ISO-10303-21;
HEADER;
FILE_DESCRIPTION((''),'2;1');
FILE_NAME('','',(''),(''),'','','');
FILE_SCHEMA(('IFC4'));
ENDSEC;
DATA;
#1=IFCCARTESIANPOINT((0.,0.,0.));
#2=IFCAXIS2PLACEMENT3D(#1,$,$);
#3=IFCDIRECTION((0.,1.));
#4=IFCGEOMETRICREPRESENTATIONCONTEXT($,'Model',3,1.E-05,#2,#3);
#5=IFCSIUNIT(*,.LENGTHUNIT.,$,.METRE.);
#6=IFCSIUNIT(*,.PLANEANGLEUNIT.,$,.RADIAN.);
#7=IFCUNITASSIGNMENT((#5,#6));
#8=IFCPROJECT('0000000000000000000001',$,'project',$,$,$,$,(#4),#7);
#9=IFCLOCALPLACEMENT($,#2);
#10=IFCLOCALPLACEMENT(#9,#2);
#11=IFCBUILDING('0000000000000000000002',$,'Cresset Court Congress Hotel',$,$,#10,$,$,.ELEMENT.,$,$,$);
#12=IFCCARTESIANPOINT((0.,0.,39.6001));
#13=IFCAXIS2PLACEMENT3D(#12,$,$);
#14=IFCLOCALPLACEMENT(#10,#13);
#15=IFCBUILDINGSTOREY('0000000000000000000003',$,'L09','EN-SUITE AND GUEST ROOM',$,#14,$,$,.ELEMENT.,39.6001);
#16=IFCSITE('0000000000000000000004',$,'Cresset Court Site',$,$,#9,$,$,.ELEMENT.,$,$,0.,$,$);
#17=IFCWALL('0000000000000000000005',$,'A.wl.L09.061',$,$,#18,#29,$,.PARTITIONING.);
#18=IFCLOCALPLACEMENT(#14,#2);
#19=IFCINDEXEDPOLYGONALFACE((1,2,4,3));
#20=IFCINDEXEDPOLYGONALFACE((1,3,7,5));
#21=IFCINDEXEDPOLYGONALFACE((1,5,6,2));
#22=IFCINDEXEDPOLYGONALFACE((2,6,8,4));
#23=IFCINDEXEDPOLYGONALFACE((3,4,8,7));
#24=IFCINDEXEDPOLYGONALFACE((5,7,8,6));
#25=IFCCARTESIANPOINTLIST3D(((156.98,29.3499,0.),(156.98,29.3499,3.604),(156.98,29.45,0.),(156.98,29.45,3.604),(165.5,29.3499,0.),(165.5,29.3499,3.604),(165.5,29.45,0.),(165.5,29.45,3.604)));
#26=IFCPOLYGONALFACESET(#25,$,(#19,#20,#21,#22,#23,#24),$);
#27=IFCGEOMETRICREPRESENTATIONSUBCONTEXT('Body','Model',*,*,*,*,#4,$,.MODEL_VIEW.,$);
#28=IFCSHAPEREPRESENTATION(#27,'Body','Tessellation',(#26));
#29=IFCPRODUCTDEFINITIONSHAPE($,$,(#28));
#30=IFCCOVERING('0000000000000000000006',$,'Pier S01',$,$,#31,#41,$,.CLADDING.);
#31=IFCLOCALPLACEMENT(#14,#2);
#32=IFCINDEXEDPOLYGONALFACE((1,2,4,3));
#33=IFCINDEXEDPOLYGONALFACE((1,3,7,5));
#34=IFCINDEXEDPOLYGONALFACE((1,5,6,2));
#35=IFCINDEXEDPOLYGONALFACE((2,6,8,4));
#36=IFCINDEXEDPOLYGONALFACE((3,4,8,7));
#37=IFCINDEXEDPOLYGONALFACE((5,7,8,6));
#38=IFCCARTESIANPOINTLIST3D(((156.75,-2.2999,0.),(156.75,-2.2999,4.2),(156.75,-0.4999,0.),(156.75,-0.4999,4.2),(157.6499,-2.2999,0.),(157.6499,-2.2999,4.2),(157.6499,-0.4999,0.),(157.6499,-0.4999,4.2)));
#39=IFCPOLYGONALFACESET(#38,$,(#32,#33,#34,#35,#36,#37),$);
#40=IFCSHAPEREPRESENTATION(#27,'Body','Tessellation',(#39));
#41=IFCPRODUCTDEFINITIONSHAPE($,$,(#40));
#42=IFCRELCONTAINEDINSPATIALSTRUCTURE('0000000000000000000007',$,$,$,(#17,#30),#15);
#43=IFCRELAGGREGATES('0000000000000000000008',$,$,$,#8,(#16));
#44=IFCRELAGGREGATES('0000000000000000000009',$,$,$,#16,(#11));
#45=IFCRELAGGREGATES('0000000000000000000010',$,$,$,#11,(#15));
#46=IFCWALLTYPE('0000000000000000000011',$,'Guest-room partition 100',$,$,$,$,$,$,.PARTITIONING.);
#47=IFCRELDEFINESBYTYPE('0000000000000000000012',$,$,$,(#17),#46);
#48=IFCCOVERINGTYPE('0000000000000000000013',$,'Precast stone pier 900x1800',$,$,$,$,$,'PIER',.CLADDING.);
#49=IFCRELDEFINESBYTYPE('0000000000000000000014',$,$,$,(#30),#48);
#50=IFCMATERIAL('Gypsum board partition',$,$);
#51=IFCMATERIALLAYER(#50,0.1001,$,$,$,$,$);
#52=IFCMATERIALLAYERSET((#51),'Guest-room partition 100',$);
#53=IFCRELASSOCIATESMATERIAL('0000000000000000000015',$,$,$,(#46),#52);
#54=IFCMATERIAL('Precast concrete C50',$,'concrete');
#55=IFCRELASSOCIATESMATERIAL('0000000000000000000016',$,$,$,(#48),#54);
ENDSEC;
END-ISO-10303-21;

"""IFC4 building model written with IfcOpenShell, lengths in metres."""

from ifc_helpers import new_model, si_unit, direction, frame, frame_2d, origin, origin_2d, place, context, subcontext, project, spatial, rectangle, extrude, material, layer, layer_set, type_object, element, save


model = new_model("IFC4")

# Units and contexts
model_context = context("Model", 3, precision=1e-05, world=origin(), true_north=direction((0.0, 1.0)))
body_context = subcontext(model_context, "Body", "Model", "MODEL_VIEW")
ifc_project = project(units=[si_unit("LENGTHUNIT", "METRE"), si_unit("PLANEANGLEUNIT", "RADIAN")], contexts=[model_context])

# Site, building, storey
site_placement = place(None, origin())
site = spatial("IfcSite", under=ifc_project, at=site_placement, Name="Cresset Court Site", CompositionType="ELEMENT", RefElevation=0.0)
building_placement = place(site_placement, origin())
building = spatial("IfcBuilding", under=site, at=building_placement, Name="Cresset Court Congress Hotel", CompositionType="ELEMENT")
storey_placement = place(building_placement, frame((0.0, 0.0, 39.6001)))
storey = spatial("IfcBuildingStorey", under=building, at=storey_placement, Name="L09", Description="EN-SUITE AND GUEST ROOM", CompositionType="ELEMENT", Elevation=39.6001)

# Wall
ifc_material_1 = material(Name="Gypsum board partition")
ifc_layer_1 = layer(ifc_material_1, 0.1001)
ifc_layer_set_1 = layer_set([ifc_layer_1], Name="Guest-room partition 100")
wall_type_1 = type_object("IfcWallType", Name="Guest-room partition 100", PredefinedType="PARTITIONING", material=ifc_layer_set_1)
for number, where, z_axis, x_axis, name in (
    (1, (156.98, 29.3999, 0.0), (0.0, 0.0, 1.0), (1.0, 0.0, 0.0), "A.wl.L09.061"),
):
    element("IfcWall", number, at=place(storey_placement, frame(where, z_axis=z_axis, x_axis=x_axis)), inside=storey, type_object=wall_type_1, Name=name, PredefinedType="PARTITIONING", context=body_context, shape_type="SweptSolid", body=[
        extrude(rectangle(XDim=8.52, YDim=0.1001, at=frame_2d((4.26, 0.0))), origin(), (0.0, 0.0, 1.0), 3.604),
    ])

# Covering
ifc_material_2 = material(Name="Precast concrete C50", Category="concrete")
covering_type = type_object("IfcCoveringType", Name="Precast stone pier 900x1800", ElementType="PIER", PredefinedType="CLADDING", material=ifc_material_2)
covering_placement = place(storey_placement, frame((157.2, -1.3999, 0.0), z_axis=(0.0, 0.0, 1.0), x_axis=(1.0, 0.0, 0.0)))
element("IfcCovering", 2, at=covering_placement, inside=storey, type_object=covering_type, Name="Pier S01", PredefinedType="CLADDING", context=body_context, shape_type="SweptSolid", body=[
    extrude(rectangle(XDim=0.8999, YDim=1.8, at=origin_2d()), origin(), (0.0, 0.0, 1.0), 4.2),
])

save(model, "model.ifc")
